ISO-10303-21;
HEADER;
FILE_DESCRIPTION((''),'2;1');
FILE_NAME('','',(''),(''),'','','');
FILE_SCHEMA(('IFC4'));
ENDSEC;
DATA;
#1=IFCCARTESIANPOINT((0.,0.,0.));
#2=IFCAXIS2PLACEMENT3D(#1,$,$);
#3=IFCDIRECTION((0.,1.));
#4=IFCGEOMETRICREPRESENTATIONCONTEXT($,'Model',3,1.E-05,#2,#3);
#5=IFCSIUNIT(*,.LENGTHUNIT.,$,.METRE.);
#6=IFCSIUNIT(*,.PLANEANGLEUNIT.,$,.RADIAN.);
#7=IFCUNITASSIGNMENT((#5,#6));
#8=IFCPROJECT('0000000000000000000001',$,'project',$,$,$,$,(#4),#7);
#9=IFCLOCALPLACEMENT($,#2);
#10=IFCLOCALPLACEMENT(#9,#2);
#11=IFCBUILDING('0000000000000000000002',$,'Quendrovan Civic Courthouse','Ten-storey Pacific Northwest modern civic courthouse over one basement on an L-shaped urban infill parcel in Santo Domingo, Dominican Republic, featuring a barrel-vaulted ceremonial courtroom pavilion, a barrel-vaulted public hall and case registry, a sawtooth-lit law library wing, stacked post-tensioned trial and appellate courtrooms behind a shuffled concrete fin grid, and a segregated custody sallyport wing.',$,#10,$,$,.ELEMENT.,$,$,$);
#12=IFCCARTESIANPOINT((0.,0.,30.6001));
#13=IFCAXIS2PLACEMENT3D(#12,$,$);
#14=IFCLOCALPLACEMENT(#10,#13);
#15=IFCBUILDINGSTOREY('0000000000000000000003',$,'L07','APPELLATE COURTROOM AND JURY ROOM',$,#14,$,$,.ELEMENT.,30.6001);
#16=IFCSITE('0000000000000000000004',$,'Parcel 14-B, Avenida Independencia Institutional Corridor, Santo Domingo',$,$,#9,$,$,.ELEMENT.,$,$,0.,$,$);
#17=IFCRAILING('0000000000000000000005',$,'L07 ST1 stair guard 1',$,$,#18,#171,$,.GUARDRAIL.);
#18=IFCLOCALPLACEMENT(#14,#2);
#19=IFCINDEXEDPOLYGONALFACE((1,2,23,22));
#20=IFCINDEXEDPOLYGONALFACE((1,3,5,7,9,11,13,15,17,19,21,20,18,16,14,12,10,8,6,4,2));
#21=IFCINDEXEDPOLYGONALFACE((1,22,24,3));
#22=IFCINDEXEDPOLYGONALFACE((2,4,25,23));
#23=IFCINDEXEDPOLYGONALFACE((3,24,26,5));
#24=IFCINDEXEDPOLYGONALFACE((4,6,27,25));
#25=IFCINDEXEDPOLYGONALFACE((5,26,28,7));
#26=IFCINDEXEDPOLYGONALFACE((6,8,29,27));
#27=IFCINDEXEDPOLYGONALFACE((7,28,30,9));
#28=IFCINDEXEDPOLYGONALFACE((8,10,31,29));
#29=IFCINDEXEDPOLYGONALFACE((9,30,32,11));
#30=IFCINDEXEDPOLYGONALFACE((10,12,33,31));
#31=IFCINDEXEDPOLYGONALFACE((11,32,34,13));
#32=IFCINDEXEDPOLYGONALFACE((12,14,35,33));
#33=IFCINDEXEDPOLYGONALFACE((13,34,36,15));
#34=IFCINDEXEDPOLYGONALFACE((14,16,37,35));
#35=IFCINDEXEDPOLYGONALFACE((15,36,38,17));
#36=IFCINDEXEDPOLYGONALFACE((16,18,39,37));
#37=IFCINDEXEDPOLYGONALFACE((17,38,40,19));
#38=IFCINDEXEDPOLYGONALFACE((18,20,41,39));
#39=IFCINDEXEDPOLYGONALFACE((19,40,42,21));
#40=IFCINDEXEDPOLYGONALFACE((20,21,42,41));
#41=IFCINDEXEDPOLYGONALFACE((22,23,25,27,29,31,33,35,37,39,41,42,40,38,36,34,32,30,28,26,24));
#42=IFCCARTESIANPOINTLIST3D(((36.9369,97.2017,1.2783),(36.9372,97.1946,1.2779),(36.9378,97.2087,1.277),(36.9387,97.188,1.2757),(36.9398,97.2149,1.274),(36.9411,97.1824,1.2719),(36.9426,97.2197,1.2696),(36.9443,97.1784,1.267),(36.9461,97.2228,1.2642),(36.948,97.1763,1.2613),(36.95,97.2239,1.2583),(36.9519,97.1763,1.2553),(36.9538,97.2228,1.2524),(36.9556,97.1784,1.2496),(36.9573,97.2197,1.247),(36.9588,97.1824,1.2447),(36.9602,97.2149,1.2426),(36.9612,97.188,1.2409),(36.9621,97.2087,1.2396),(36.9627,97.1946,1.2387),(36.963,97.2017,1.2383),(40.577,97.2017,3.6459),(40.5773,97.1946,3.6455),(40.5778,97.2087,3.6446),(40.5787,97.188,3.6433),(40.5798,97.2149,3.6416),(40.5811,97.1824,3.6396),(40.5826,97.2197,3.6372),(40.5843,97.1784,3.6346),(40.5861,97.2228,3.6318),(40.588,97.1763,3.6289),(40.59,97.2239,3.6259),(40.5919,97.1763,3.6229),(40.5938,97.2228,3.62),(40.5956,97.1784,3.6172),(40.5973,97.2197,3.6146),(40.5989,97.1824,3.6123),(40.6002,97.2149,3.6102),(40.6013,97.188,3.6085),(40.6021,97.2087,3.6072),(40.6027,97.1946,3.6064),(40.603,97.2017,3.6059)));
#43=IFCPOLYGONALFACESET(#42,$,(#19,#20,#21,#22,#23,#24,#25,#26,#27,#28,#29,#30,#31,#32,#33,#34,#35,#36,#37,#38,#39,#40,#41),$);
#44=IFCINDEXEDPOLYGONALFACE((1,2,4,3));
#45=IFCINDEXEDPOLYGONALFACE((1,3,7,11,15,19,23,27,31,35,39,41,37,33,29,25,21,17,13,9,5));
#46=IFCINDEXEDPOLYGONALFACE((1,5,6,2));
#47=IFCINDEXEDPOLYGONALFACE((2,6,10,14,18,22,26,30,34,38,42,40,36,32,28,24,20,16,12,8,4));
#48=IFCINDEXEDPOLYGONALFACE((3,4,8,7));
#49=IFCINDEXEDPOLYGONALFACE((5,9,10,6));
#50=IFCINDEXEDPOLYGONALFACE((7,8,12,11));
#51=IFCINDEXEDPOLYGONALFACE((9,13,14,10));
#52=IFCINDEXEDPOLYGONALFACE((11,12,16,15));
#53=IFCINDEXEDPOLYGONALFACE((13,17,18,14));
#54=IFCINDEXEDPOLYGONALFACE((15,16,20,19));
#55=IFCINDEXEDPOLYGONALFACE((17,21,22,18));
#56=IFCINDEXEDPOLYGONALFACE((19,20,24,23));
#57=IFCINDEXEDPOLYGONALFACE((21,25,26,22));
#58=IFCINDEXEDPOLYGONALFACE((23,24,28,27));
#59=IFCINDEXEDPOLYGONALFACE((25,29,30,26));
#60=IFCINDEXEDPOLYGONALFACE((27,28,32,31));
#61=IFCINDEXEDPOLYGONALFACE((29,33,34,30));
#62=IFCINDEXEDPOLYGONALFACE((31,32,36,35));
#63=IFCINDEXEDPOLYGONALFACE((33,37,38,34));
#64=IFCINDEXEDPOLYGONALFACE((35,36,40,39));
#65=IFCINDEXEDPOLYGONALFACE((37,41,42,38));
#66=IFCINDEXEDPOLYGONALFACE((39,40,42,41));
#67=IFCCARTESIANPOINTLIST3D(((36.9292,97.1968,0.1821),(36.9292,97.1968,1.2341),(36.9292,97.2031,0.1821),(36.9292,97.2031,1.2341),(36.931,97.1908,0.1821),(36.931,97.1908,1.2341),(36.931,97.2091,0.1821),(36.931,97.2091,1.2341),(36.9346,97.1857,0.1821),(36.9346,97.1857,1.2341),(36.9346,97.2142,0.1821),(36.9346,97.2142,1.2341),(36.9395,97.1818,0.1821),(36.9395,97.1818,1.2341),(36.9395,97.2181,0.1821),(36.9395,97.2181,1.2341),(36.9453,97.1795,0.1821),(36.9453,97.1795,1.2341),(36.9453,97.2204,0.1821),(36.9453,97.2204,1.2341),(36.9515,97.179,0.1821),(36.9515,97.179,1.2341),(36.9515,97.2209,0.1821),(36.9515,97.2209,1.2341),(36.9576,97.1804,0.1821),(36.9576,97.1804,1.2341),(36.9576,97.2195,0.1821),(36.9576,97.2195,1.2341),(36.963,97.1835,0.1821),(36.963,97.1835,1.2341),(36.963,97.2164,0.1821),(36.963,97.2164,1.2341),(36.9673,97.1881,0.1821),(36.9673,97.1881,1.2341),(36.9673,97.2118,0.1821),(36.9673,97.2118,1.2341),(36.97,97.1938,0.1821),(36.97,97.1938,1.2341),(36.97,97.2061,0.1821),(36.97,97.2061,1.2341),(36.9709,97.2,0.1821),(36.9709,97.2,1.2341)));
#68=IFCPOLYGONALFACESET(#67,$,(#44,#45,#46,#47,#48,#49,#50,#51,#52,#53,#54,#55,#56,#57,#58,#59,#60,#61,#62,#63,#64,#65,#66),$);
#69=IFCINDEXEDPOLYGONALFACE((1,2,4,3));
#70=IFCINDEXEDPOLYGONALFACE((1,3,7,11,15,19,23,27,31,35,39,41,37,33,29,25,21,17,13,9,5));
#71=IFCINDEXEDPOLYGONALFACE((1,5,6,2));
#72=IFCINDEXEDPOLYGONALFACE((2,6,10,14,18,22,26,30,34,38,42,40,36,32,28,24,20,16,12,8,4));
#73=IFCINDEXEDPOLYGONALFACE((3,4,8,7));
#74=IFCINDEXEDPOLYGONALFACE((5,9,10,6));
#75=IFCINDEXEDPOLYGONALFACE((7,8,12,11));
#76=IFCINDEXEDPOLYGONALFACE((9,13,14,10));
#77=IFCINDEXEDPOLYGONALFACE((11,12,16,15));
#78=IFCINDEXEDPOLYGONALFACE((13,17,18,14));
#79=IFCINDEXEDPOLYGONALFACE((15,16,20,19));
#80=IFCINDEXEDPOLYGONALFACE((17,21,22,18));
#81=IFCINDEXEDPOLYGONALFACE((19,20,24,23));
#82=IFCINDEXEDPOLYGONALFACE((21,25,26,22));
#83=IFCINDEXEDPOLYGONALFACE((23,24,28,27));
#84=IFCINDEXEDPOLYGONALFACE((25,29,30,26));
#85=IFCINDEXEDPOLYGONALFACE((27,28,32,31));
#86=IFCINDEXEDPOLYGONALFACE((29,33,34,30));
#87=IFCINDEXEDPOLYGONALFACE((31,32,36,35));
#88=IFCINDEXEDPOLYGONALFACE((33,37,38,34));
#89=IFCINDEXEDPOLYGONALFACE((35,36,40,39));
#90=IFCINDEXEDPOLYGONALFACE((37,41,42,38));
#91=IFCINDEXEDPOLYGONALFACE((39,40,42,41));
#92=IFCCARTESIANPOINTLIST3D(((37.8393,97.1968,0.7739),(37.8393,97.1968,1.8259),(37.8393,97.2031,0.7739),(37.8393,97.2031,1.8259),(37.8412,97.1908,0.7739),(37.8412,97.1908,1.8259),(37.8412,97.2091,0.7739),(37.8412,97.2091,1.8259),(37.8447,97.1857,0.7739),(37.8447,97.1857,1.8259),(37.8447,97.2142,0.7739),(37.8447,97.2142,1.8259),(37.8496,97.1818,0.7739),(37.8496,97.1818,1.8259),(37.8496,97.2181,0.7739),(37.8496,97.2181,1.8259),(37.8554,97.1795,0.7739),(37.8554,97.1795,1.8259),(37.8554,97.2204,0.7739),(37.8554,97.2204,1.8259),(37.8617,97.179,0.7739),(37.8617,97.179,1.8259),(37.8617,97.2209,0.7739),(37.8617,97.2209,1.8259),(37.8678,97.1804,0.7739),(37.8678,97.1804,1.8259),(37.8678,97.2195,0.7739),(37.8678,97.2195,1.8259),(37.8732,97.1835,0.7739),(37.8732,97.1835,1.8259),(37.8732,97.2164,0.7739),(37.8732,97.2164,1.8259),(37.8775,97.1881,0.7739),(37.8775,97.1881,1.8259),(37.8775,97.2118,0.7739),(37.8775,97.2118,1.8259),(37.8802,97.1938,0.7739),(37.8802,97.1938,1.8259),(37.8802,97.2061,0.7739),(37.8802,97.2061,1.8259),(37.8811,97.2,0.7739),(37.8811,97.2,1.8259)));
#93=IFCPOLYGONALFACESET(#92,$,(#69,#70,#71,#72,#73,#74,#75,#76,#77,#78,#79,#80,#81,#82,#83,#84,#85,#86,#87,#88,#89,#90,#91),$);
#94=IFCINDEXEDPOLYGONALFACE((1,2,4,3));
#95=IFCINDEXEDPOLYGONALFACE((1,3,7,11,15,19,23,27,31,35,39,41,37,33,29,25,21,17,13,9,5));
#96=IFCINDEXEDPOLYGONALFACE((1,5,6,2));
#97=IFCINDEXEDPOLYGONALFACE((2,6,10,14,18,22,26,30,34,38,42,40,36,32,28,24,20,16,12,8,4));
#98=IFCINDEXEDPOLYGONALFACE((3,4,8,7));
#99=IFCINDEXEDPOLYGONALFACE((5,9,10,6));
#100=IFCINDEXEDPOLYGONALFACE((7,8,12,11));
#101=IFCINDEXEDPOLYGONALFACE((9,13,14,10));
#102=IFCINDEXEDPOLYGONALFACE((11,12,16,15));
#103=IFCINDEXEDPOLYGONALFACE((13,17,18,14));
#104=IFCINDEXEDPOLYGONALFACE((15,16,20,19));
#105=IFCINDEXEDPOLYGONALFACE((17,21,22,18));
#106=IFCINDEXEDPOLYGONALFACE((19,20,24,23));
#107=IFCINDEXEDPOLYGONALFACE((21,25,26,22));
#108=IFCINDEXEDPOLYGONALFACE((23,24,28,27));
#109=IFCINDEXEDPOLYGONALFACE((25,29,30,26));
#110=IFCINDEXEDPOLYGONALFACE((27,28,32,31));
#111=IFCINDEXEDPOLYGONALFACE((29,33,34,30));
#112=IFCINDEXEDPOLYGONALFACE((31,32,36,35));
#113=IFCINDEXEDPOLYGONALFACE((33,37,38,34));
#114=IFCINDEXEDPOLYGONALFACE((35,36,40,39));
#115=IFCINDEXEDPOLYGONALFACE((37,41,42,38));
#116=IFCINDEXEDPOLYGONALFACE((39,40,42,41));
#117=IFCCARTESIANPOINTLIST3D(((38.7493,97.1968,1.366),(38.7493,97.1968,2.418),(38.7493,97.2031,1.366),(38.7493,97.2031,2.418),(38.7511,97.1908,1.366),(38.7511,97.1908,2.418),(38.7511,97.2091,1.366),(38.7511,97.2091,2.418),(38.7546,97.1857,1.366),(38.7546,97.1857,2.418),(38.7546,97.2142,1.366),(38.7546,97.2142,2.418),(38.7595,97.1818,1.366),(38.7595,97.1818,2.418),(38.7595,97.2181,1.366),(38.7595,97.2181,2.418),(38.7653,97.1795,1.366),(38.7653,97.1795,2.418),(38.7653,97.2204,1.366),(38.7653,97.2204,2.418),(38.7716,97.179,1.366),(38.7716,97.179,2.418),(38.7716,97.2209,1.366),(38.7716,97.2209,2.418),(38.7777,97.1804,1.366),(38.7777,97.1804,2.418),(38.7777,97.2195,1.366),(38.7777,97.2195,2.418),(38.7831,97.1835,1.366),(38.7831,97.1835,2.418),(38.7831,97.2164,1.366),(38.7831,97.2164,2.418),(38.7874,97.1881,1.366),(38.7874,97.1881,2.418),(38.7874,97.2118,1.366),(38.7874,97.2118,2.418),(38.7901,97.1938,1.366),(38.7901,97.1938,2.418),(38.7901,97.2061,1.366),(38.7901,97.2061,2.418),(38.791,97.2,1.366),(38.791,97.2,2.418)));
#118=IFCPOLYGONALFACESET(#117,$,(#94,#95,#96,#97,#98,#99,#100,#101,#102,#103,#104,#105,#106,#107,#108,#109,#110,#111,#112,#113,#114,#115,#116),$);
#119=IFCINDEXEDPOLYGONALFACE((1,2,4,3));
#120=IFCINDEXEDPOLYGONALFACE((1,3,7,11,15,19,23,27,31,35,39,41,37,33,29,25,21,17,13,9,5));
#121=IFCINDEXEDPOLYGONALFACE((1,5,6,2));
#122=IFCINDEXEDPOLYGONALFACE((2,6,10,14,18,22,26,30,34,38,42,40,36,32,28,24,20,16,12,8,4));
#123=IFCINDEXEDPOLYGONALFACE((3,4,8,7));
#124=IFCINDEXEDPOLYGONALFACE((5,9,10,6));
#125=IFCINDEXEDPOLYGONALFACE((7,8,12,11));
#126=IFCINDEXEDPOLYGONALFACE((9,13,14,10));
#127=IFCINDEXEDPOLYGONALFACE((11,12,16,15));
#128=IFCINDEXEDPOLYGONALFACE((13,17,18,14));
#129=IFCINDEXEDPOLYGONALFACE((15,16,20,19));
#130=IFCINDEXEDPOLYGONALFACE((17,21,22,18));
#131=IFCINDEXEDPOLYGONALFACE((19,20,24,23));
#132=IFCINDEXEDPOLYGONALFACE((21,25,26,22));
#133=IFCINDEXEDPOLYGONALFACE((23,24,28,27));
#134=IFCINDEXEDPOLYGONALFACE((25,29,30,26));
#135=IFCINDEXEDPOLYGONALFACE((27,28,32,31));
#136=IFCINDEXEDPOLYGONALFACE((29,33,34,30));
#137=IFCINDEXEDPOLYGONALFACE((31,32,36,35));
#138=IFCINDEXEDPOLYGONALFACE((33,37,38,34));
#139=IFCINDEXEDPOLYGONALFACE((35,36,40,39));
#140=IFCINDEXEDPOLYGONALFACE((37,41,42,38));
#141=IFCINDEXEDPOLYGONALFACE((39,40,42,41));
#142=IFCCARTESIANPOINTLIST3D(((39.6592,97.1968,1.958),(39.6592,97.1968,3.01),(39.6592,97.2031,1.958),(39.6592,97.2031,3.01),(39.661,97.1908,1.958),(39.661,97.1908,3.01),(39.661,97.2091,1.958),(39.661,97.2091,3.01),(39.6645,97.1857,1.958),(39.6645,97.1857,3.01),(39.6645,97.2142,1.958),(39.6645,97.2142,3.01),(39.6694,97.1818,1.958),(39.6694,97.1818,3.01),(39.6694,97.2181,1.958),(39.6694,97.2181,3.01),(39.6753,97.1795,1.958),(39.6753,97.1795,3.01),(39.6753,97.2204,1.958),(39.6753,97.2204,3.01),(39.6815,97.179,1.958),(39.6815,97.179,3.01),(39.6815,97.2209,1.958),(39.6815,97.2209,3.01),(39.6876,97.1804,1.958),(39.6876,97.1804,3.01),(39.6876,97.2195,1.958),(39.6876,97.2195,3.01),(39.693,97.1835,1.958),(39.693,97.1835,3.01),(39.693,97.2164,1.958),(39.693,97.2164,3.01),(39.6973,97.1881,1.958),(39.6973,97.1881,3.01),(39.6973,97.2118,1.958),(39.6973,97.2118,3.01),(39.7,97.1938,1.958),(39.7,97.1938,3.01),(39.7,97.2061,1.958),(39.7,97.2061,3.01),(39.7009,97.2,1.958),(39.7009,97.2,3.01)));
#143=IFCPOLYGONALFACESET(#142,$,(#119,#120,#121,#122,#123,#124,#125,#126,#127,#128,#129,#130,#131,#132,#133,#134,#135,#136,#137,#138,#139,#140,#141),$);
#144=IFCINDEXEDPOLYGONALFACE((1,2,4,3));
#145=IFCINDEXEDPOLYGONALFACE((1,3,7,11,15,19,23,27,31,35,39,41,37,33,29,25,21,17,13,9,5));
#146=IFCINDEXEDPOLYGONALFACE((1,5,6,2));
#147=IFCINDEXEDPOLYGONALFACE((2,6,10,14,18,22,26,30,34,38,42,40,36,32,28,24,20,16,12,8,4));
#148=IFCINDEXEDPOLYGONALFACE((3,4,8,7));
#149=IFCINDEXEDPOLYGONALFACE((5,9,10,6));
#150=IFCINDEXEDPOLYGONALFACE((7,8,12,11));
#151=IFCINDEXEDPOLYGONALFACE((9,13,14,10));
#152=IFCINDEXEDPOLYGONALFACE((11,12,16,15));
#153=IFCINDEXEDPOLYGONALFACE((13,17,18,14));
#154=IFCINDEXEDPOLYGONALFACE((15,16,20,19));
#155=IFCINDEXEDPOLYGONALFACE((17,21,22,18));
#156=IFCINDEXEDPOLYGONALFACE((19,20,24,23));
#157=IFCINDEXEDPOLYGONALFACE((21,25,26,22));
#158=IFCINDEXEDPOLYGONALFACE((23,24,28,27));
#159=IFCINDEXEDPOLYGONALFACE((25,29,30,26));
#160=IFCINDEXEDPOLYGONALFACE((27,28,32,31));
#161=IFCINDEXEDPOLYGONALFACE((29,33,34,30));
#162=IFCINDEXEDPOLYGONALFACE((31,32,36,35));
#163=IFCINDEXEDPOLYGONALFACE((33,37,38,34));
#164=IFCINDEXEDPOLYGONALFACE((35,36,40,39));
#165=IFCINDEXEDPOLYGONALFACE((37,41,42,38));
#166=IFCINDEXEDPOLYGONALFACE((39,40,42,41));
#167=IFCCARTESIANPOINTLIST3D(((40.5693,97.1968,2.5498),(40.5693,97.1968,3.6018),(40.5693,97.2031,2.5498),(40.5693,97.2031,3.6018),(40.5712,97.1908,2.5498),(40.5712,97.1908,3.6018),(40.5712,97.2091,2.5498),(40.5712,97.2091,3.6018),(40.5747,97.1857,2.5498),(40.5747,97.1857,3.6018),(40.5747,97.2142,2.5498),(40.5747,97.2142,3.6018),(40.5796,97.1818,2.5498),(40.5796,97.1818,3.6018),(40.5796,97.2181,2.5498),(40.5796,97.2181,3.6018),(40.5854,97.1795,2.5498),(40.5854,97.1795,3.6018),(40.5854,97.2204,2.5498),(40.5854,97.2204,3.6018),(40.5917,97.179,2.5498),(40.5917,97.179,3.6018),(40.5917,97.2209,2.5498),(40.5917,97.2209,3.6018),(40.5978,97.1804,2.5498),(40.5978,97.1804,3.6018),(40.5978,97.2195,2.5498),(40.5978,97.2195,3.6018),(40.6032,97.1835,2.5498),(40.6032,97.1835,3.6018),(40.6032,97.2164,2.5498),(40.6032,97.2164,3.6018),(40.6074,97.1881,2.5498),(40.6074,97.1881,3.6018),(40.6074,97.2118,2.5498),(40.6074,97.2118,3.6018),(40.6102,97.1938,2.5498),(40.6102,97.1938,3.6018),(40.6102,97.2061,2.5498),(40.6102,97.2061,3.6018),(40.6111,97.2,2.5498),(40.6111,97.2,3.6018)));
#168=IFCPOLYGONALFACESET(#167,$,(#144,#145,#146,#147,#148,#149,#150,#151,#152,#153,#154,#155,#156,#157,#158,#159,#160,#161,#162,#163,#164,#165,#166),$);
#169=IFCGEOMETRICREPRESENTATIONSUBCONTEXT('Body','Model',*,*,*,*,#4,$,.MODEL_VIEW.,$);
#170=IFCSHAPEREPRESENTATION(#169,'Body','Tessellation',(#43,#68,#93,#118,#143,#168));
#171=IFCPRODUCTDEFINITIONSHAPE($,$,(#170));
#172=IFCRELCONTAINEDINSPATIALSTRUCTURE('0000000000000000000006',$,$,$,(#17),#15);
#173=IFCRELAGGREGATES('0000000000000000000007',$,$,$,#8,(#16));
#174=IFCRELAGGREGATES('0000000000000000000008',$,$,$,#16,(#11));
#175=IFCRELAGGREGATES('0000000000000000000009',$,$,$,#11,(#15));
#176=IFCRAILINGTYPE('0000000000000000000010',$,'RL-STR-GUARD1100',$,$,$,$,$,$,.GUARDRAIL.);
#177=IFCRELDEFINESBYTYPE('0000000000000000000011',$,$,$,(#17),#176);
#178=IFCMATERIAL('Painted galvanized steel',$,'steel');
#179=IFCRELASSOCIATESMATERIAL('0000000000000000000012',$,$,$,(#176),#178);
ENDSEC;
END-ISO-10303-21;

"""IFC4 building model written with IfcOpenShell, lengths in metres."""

from ifc_helpers import new_model, si_unit, direction, frame, origin, origin_2d, place, context, subcontext, project, spatial, circle, extrude, material, type_object, element, save


model = new_model("IFC4")

# Units and contexts
model_context = context("Model", 3, precision=1e-05, world=origin(), true_north=direction((0.0, 1.0)))
body_context = subcontext(model_context, "Body", "Model", "MODEL_VIEW")
ifc_project = project(units=[si_unit("LENGTHUNIT", "METRE"), si_unit("PLANEANGLEUNIT", "RADIAN")], contexts=[model_context])

# Site, building, storey
site_placement = place(None, origin())
site = spatial("IfcSite", under=ifc_project, at=site_placement, Name="Parcel 14-B, Avenida Independencia Institutional Corridor, Santo Domingo", CompositionType="ELEMENT", RefElevation=0.0)
building_placement = place(site_placement, origin())
building = spatial("IfcBuilding", under=site, at=building_placement, Name="Quendrovan Civic Courthouse", Description="Ten-storey Pacific Northwest modern civic courthouse over one basement on an L-shaped urban infill parcel in Santo Domingo, Dominican Republic, featuring a barrel-vaulted ceremonial courtroom pavilion, a barrel-vaulted public hall and case registry, a sawtooth-lit law library wing, stacked post-tensioned trial and appellate courtrooms behind a shuffled concrete fin grid, and a segregated custody sallyport wing.", CompositionType="ELEMENT")
storey_placement = place(building_placement, frame((0.0, 0.0, 30.6001)))
storey = spatial("IfcBuildingStorey", under=building, at=storey_placement, Name="L07", Description="APPELLATE COURTROOM AND JURY ROOM", CompositionType="ELEMENT", Elevation=30.6001)

# Railing
ifc_material_1 = material(Name="Painted galvanized steel", Category="steel")
railing_type_1 = type_object("IfcRailingType", Name="RL-STR-GUARD1100", PredefinedType="GUARDRAIL", material=ifc_material_1)
railing_1_placement = place(storey_placement, frame((36.95, 97.2, 0.1821)))
element("IfcRailing", 1, at=railing_1_placement, inside=storey, type_object=railing_type_1, Name="L07 ST1 stair guard 1", PredefinedType="GUARDRAIL", context=body_context, shape_type="SweptSolid", body=[
    extrude(circle(Radius=0.0239, at=origin_2d()), frame((0.0, 0.0, 1.0762), z_axis=(0.838277, 0.0, 0.545245), x_axis=(0.0, 1.0, 0.0)), (0.0, 0.0, 1.0), 4.3423),
    extrude(circle(Radius=0.021, at=origin_2d()), origin(), (0.0, 0.0, 1.0), 1.052),
    extrude(circle(Radius=0.021, at=origin_2d()), frame((0.9102, 0.0, 0.5918)), (0.0, 0.0, 1.0), 1.052),
    extrude(circle(Radius=0.021, at=origin_2d()), frame((1.8201, 0.0, 1.1838)), (0.0, 0.0, 1.0), 1.052),
    extrude(circle(Radius=0.021, at=origin_2d()), frame((2.73, 0.0, 1.7759)), (0.0, 0.0, 1.0), 1.052),
    extrude(circle(Radius=0.021, at=origin_2d()), frame((3.6401, 0.0, 2.3677)), (0.0, 0.0, 1.0), 1.052),
])

save(model, "model.ifc")
